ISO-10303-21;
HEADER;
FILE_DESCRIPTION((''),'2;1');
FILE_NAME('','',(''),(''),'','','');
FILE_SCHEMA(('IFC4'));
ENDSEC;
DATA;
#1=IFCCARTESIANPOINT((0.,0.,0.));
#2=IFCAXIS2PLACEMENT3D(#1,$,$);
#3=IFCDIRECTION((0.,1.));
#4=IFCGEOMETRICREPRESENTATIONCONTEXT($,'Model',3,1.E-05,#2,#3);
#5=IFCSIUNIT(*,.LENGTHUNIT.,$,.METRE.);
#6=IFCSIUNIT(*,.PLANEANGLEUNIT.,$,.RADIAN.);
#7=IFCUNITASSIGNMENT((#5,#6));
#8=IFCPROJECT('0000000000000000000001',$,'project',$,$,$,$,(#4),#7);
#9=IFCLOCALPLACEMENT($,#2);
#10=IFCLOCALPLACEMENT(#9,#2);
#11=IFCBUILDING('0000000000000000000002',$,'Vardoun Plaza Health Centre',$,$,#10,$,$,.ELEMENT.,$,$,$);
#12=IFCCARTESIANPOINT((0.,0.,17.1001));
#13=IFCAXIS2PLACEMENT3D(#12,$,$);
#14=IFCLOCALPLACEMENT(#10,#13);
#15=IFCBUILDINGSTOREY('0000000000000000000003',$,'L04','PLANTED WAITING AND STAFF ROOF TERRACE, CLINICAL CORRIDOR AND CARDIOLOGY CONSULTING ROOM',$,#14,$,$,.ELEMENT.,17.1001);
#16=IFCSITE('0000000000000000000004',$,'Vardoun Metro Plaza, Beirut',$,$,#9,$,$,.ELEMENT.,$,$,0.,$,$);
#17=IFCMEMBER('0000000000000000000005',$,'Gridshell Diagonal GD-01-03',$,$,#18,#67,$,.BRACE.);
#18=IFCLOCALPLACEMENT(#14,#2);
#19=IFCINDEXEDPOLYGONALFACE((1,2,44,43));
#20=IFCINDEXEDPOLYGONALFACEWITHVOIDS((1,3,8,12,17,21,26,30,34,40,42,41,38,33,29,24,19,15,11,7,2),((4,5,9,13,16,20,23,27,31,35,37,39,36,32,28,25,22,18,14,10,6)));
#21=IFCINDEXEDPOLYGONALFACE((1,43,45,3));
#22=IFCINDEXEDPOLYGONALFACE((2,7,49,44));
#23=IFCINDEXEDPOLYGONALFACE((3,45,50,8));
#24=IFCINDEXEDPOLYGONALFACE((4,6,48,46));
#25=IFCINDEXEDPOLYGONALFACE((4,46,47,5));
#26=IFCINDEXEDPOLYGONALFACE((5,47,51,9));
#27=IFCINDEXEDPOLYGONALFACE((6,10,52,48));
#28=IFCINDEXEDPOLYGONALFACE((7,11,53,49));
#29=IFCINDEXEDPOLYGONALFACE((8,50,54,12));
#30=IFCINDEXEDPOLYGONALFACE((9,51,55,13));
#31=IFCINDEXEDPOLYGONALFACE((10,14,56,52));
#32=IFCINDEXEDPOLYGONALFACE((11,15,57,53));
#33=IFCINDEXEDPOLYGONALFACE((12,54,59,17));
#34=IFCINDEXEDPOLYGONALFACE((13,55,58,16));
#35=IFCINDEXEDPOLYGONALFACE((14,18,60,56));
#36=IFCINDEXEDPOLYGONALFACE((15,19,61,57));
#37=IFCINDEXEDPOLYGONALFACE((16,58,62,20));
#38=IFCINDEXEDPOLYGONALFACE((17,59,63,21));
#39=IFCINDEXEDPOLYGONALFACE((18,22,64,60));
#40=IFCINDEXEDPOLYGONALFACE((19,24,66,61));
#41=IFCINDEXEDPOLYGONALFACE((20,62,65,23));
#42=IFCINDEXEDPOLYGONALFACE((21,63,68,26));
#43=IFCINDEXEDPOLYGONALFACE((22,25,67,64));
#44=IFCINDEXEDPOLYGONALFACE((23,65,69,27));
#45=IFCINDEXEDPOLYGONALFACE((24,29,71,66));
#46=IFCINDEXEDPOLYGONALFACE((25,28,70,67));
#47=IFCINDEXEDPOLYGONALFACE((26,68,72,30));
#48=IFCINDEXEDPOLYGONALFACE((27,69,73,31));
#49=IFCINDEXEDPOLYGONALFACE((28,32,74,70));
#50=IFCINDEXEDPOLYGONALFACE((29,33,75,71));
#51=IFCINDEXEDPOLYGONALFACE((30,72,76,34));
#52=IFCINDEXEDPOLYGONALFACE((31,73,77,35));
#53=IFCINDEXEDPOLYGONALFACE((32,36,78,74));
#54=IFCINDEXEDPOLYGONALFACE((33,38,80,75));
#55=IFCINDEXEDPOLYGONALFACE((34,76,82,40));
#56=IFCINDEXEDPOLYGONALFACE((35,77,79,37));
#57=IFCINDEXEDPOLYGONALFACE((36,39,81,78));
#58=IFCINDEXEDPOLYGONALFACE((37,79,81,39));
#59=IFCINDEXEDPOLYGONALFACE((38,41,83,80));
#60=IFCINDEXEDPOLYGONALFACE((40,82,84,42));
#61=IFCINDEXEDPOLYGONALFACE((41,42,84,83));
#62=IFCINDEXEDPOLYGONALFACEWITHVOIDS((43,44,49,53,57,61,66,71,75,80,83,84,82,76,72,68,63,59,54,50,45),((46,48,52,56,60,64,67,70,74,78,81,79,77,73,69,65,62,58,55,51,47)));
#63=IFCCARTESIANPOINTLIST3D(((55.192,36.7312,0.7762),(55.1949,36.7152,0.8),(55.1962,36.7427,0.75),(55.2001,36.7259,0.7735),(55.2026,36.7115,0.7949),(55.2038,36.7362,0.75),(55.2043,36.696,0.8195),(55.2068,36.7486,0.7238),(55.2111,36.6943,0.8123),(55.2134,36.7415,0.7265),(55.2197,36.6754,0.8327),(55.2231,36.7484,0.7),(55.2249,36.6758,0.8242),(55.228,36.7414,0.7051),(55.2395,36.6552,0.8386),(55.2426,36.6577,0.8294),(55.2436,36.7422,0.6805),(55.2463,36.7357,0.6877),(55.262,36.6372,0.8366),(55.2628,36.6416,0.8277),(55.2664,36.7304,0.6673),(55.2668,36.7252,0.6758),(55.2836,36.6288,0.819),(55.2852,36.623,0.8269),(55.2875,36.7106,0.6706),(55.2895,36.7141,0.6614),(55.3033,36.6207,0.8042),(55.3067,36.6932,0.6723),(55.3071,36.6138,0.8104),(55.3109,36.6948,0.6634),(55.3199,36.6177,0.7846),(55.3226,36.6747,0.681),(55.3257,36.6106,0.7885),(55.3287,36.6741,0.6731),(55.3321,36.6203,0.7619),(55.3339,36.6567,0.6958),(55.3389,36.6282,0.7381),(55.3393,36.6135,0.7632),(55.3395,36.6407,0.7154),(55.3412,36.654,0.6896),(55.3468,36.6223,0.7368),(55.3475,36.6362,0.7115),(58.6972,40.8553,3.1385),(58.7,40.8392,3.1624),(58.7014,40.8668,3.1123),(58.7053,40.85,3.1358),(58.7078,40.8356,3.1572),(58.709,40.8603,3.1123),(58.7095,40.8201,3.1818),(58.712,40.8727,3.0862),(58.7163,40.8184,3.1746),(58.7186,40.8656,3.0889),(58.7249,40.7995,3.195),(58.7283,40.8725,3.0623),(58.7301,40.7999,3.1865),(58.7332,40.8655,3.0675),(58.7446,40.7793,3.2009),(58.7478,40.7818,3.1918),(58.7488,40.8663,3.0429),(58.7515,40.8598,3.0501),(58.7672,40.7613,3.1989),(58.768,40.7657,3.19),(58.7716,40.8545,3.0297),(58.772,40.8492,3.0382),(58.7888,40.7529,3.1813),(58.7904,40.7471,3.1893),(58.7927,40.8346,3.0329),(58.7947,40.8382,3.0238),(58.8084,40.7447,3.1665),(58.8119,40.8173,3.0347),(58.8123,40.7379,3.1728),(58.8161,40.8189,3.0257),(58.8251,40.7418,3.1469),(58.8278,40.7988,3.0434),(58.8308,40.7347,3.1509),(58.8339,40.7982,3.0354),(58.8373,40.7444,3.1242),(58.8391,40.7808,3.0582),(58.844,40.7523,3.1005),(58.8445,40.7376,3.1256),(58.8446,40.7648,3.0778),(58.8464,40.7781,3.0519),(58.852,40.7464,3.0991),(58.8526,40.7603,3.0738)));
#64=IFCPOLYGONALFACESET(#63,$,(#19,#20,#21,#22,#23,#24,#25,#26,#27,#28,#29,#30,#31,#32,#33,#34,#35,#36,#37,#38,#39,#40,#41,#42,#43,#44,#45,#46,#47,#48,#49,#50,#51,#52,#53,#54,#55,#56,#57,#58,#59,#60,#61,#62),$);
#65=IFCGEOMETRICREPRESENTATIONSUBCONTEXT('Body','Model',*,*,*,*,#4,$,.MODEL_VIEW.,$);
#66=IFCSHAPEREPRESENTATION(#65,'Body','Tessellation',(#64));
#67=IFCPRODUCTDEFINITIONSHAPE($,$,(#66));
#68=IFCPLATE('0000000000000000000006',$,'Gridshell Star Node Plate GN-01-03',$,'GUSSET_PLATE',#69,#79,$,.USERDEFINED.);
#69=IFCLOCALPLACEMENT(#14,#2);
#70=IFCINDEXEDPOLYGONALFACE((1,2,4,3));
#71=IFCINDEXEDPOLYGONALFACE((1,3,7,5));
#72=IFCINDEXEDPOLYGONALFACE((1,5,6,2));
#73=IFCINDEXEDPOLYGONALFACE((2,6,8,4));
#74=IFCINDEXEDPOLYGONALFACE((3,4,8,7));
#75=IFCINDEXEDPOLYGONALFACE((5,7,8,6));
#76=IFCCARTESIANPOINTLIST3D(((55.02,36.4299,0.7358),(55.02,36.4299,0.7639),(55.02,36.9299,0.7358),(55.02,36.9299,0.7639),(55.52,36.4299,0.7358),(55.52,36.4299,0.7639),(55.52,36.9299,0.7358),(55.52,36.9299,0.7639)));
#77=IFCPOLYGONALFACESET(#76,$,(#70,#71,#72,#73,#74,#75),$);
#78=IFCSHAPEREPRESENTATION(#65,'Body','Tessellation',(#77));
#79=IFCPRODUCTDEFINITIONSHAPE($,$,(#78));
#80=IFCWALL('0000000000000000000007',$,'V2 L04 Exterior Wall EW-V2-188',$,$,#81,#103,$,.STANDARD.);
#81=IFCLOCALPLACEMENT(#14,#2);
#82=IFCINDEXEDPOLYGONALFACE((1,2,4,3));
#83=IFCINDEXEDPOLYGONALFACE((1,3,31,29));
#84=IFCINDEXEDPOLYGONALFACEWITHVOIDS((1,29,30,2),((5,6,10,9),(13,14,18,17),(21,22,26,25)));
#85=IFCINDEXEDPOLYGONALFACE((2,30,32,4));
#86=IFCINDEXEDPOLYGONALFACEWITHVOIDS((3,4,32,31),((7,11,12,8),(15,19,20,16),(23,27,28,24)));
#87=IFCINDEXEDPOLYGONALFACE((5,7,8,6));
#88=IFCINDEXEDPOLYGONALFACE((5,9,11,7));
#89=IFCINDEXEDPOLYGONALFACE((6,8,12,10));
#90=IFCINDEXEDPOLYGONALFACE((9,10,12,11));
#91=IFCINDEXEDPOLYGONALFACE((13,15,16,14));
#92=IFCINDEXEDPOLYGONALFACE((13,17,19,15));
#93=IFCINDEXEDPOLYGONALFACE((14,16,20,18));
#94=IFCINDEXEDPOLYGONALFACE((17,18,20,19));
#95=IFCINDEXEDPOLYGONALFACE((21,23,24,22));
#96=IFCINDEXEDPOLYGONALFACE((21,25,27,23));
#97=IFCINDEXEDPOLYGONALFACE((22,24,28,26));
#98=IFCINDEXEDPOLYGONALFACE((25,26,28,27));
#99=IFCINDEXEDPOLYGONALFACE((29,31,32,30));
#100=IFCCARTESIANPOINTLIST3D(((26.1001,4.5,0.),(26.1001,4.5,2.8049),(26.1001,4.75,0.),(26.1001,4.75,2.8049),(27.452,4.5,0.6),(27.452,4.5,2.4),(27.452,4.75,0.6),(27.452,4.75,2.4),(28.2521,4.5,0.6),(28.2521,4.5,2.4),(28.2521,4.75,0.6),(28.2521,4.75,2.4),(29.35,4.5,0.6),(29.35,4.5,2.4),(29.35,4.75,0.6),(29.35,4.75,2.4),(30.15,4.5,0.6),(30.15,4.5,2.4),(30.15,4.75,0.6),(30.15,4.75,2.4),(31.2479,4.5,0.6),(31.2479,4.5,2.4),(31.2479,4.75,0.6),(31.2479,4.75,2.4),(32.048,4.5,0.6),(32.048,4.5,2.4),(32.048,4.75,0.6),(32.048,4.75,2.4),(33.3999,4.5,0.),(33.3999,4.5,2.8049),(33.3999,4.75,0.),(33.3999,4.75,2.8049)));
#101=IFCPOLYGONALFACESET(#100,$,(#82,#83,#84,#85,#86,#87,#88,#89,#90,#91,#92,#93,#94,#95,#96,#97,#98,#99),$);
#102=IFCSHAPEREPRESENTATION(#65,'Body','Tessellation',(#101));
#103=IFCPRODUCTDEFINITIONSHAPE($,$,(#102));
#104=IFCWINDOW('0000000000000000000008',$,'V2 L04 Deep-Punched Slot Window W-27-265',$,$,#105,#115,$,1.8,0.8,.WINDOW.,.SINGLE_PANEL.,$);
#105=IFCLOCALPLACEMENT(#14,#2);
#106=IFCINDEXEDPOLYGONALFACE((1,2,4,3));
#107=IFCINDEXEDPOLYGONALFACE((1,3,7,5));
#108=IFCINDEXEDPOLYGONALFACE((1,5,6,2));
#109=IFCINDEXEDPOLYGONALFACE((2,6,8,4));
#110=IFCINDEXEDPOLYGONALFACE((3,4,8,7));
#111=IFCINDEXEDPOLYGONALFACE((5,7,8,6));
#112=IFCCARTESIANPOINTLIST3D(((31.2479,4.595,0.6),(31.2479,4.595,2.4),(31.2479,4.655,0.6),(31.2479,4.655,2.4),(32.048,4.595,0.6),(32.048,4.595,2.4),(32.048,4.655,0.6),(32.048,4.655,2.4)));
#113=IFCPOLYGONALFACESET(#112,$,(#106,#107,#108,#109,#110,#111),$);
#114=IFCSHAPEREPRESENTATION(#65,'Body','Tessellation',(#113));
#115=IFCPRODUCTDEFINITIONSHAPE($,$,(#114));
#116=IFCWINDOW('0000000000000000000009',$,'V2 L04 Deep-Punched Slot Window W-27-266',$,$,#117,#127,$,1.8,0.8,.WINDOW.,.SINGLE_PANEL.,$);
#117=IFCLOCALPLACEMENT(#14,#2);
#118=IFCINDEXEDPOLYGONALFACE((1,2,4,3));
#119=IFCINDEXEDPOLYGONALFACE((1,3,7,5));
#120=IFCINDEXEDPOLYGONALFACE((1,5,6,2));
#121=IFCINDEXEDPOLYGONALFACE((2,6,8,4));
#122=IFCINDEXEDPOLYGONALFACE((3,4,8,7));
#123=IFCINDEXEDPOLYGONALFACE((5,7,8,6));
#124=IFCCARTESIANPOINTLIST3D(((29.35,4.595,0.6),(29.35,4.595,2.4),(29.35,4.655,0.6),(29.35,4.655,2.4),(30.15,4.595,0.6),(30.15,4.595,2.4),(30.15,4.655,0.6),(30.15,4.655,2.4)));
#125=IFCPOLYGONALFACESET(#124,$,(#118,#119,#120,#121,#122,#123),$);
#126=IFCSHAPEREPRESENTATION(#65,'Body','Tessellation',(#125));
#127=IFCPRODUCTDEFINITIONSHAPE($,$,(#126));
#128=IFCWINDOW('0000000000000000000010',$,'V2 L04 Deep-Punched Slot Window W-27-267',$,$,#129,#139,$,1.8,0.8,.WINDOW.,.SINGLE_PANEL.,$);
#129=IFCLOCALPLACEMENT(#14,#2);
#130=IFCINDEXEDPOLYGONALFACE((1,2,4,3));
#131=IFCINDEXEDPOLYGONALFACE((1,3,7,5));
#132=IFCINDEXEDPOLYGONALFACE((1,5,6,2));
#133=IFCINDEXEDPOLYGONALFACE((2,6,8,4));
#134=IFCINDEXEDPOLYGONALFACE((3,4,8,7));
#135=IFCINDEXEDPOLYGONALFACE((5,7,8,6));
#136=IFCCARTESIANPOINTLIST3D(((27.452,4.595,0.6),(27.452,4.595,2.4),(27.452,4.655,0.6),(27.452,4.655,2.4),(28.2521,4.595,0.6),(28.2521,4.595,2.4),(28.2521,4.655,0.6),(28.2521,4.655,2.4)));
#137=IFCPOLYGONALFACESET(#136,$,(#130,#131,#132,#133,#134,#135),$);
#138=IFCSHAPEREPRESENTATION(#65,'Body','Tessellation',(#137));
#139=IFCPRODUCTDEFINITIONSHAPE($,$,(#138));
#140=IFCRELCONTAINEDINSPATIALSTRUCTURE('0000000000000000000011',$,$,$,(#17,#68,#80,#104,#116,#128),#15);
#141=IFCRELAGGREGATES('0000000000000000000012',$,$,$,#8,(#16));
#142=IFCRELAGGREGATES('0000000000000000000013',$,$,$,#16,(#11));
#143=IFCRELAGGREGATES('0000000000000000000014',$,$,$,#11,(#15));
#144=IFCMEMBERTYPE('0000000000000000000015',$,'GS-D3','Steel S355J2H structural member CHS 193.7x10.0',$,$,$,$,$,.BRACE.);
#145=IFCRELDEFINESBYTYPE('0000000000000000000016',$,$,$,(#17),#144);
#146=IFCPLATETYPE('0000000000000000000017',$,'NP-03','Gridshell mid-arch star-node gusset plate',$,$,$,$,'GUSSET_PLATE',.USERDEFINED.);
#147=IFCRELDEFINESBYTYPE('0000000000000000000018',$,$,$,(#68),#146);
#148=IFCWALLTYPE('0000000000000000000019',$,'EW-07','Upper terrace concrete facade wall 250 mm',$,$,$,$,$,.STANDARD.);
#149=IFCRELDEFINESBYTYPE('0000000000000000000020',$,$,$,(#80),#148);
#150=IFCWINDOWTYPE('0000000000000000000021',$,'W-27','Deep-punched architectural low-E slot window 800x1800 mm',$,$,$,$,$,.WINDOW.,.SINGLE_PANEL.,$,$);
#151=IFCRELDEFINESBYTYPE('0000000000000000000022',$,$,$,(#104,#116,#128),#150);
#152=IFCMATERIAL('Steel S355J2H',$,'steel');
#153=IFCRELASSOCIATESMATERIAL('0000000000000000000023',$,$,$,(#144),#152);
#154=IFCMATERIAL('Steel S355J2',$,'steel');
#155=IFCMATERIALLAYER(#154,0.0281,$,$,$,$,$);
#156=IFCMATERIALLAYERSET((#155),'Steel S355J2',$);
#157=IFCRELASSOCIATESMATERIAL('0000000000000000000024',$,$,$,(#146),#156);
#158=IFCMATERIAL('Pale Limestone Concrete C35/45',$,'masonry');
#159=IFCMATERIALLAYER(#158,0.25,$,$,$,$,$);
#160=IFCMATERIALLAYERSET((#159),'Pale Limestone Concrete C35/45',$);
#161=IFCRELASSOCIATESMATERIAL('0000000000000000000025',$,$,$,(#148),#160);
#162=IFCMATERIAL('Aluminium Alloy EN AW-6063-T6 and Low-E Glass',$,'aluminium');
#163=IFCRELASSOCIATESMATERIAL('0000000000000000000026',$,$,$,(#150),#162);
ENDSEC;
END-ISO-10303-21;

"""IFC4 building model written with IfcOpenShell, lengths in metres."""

from ifc_helpers import new_model, si_unit, direction, frame, frame_2d, origin, origin_2d, place, context, subcontext, project, spatial, rectangle, hollow_circle, extrude, material, layer, layer_set, material_profile, profile_set, type_object, element, fill, save


model = new_model("IFC4")

# Units and contexts
model_context = context("Model", 3, precision=1e-05, world=origin(), true_north=direction((0.0, 1.0)))
body_context = subcontext(model_context, "Body", "Model", "MODEL_VIEW")
ifc_project = project(units=[si_unit("LENGTHUNIT", "METRE"), si_unit("PLANEANGLEUNIT", "RADIAN")], contexts=[model_context])

# Site, building, storey
site_placement = place(None, origin())
site = spatial("IfcSite", under=ifc_project, at=site_placement, Name="Vardoun Metro Plaza, Beirut", CompositionType="ELEMENT", RefElevation=0.0)
building_placement = place(site_placement, origin())
building = spatial("IfcBuilding", under=site, at=building_placement, Name="Vardoun Plaza Health Centre", CompositionType="ELEMENT")
storey_placement = place(building_placement, frame((0.0, 0.0, 17.1001)))
storey = spatial("IfcBuildingStorey", under=building, at=storey_placement, Name="L04", Description="PLANTED WAITING AND STAFF ROOF TERRACE, CLINICAL CORRIDOR AND CARDIOLOGY CONSULTING ROOM", CompositionType="ELEMENT", Elevation=17.1001)

# Member
ifc_material_1 = material(Name="Steel S355J2H", Category="steel")
ifc_material_profile_1 = material_profile(ifc_material_1, hollow_circle(Radius=0.0969, WallThickness=0.01, at=origin_2d()), Name="CHS 193.7x10.0")
ifc_profile_set_1 = profile_set([ifc_material_profile_1], Name="Steel S355J2H")
member_type_1 = type_object("IfcMemberType", Name="GS-D3", Description="Steel S355J2H structural member CHS 193.7x10.0", PredefinedType="BRACE", material=ifc_profile_set_1)
member_1_placement = place(storey_placement, frame((55.27, 36.6799, 0.75), z_axis=(0.593544, 0.698346, 0.400023), x_axis=(-0.761966, 0.647617, 0.0)))
element("IfcMember", 1, at=member_1_placement, inside=storey, type_object=member_type_1, Name="Gridshell Diagonal GD-01-03", PredefinedType="BRACE", context=body_context, shape_type="SweptSolid", body=[
    extrude(hollow_circle(Radius=0.0969, WallThickness=0.01, at=origin_2d()), origin(), (0.0, 0.0, 1.0), 5.9055),
])

# Plate
ifc_material_2 = material(Name="Steel S355J2", Category="steel")
ifc_layer_1 = layer(ifc_material_2, 0.0281)
ifc_layer_set_1 = layer_set([ifc_layer_1], Name="Steel S355J2")
plate_type = type_object("IfcPlateType", Name="NP-03", Description="Gridshell mid-arch star-node gusset plate", ElementType="GUSSET_PLATE", PredefinedType="USERDEFINED", material=ifc_layer_set_1)
plate_placement = place(storey_placement, frame((55.27, 36.6799, 0.7358), z_axis=(0.0, 0.0, 1.0), x_axis=(1.0, 0.0, 0.0)))
element("IfcPlate", 2, at=plate_placement, inside=storey, type_object=plate_type, Name="Gridshell Star Node Plate GN-01-03", ObjectType="GUSSET_PLATE", PredefinedType="USERDEFINED", context=body_context, shape_type="SweptSolid", body=[
    extrude(rectangle(XDim=0.5, YDim=0.5, at=origin_2d()), origin(), (0.0, 0.0, 1.0), 0.0281),
])

# Wall, openings, windows
ifc_material_3 = material(Name="Pale Limestone Concrete C35/45", Category="masonry")
ifc_layer_2 = layer(ifc_material_3, 0.25)
ifc_layer_set_2 = layer_set([ifc_layer_2], Name="Pale Limestone Concrete C35/45")
wall_type = type_object("IfcWallType", Name="EW-07", Description="Upper terrace concrete facade wall 250 mm", PredefinedType="STANDARD", material=ifc_layer_set_2)
wall_placement = place(storey_placement, frame((33.3999, 4.625, 0.0), z_axis=(0.0, 0.0, 1.0), x_axis=(-1.0, 0.0, 0.0)))
wall = element("IfcWall", 3, at=wall_placement, inside=storey, type_object=wall_type, Name="V2 L04 Exterior Wall EW-V2-188", PredefinedType="STANDARD", context=body_context, shape_type="SweptSolid", body=[
    extrude(rectangle(XDim=7.2998, YDim=0.25, at=frame_2d((3.6499, 0.0))), origin(), (0.0, 0.0, 1.0), 2.8049),
])
opening_1_placement = place(wall_placement, frame((1.3521, 0.0, 0.6001)))
opening_1 = element("IfcOpeningElement", 4, at=opening_1_placement, cuts=wall, PredefinedType="OPENING", context=body_context, shape_type="SweptSolid", body=[
    extrude(rectangle(XDim=0.8, YDim=1.8, at=frame_2d((0.3999, 0.8999))), frame((0.0, 0.125, 0.0), z_axis=(0.0, -1.0, 0.0), x_axis=(1.0, 0.0, 0.0)), (0.0, 0.0, 1.0), 0.25),
])
opening_2_placement = place(wall_placement, frame((3.25, 0.0, 0.6001)))
opening_2 = element("IfcOpeningElement", 5, at=opening_2_placement, cuts=wall, PredefinedType="OPENING", context=body_context, shape_type="SweptSolid", body=[
    extrude(rectangle(XDim=0.8, YDim=1.8, at=frame_2d((0.3999, 0.8999))), frame((0.0, 0.125, 0.0), z_axis=(0.0, -1.0, 0.0), x_axis=(1.0, 0.0, 0.0)), (0.0, 0.0, 1.0), 0.25),
])
opening_3_placement = place(wall_placement, frame((5.1479, 0.0, 0.6001)))
opening_3 = element("IfcOpeningElement", 6, at=opening_3_placement, cuts=wall, PredefinedType="OPENING", context=body_context, shape_type="SweptSolid", body=[
    extrude(rectangle(XDim=0.8, YDim=1.8, at=frame_2d((0.3999, 0.8999))), frame((0.0, 0.125, 0.0), z_axis=(0.0, -1.0, 0.0), x_axis=(1.0, 0.0, 0.0)), (0.0, 0.0, 1.0), 0.25),
])
ifc_material_4 = material(Name="Aluminium Alloy EN AW-6063-T6 and Low-E Glass", Category="aluminium")
window_type = type_object("IfcWindowType", Name="W-27", Description="Deep-punched architectural low-E slot window 800x1800 mm", PartitioningType="SINGLE_PANEL", PredefinedType="WINDOW", material=ifc_material_4)
window_1_placement = place(opening_1_placement, origin())
window_1 = element("IfcWindow", 7, at=window_1_placement, inside=storey, type_object=window_type, Name="V2 L04 Deep-Punched Slot Window W-27-265", OverallHeight=1.8, OverallWidth=0.8, PartitioningType="SINGLE_PANEL", PredefinedType="WINDOW", context=body_context, shape_type="SweptSolid", body=[
    extrude(rectangle(XDim=0.8, YDim=1.8, at=frame_2d((0.3999, 0.8999))), frame((0.0, 0.03, 0.0), z_axis=(0.0, -1.0, 0.0), x_axis=(1.0, 0.0, 0.0)), (0.0, 0.0, 1.0), 0.0601),
])
fill(opening_1, window_1)
window_2_placement = place(opening_2_placement, origin())
window_2 = element("IfcWindow", 8, at=window_2_placement, inside=storey, type_object=window_type, Name="V2 L04 Deep-Punched Slot Window W-27-266", OverallHeight=1.8, OverallWidth=0.8, PartitioningType="SINGLE_PANEL", PredefinedType="WINDOW", context=body_context, shape_type="SweptSolid", body=[
    extrude(rectangle(XDim=0.8, YDim=1.8, at=frame_2d((0.3999, 0.8999))), frame((0.0, 0.03, 0.0), z_axis=(0.0, -1.0, 0.0), x_axis=(1.0, 0.0, 0.0)), (0.0, 0.0, 1.0), 0.0601),
])
fill(opening_2, window_2)
window_3_placement = place(opening_3_placement, origin())
window_3 = element("IfcWindow", 9, at=window_3_placement, inside=storey, type_object=window_type, Name="V2 L04 Deep-Punched Slot Window W-27-267", OverallHeight=1.8, OverallWidth=0.8, PartitioningType="SINGLE_PANEL", PredefinedType="WINDOW", context=body_context, shape_type="SweptSolid", body=[
    extrude(rectangle(XDim=0.8, YDim=1.8, at=frame_2d((0.3999, 0.8999))), frame((0.0, 0.03, 0.0), z_axis=(0.0, -1.0, 0.0), x_axis=(1.0, 0.0, 0.0)), (0.0, 0.0, 1.0), 0.0601),
])
fill(opening_3, window_3)

save(model, "model.ifc")
